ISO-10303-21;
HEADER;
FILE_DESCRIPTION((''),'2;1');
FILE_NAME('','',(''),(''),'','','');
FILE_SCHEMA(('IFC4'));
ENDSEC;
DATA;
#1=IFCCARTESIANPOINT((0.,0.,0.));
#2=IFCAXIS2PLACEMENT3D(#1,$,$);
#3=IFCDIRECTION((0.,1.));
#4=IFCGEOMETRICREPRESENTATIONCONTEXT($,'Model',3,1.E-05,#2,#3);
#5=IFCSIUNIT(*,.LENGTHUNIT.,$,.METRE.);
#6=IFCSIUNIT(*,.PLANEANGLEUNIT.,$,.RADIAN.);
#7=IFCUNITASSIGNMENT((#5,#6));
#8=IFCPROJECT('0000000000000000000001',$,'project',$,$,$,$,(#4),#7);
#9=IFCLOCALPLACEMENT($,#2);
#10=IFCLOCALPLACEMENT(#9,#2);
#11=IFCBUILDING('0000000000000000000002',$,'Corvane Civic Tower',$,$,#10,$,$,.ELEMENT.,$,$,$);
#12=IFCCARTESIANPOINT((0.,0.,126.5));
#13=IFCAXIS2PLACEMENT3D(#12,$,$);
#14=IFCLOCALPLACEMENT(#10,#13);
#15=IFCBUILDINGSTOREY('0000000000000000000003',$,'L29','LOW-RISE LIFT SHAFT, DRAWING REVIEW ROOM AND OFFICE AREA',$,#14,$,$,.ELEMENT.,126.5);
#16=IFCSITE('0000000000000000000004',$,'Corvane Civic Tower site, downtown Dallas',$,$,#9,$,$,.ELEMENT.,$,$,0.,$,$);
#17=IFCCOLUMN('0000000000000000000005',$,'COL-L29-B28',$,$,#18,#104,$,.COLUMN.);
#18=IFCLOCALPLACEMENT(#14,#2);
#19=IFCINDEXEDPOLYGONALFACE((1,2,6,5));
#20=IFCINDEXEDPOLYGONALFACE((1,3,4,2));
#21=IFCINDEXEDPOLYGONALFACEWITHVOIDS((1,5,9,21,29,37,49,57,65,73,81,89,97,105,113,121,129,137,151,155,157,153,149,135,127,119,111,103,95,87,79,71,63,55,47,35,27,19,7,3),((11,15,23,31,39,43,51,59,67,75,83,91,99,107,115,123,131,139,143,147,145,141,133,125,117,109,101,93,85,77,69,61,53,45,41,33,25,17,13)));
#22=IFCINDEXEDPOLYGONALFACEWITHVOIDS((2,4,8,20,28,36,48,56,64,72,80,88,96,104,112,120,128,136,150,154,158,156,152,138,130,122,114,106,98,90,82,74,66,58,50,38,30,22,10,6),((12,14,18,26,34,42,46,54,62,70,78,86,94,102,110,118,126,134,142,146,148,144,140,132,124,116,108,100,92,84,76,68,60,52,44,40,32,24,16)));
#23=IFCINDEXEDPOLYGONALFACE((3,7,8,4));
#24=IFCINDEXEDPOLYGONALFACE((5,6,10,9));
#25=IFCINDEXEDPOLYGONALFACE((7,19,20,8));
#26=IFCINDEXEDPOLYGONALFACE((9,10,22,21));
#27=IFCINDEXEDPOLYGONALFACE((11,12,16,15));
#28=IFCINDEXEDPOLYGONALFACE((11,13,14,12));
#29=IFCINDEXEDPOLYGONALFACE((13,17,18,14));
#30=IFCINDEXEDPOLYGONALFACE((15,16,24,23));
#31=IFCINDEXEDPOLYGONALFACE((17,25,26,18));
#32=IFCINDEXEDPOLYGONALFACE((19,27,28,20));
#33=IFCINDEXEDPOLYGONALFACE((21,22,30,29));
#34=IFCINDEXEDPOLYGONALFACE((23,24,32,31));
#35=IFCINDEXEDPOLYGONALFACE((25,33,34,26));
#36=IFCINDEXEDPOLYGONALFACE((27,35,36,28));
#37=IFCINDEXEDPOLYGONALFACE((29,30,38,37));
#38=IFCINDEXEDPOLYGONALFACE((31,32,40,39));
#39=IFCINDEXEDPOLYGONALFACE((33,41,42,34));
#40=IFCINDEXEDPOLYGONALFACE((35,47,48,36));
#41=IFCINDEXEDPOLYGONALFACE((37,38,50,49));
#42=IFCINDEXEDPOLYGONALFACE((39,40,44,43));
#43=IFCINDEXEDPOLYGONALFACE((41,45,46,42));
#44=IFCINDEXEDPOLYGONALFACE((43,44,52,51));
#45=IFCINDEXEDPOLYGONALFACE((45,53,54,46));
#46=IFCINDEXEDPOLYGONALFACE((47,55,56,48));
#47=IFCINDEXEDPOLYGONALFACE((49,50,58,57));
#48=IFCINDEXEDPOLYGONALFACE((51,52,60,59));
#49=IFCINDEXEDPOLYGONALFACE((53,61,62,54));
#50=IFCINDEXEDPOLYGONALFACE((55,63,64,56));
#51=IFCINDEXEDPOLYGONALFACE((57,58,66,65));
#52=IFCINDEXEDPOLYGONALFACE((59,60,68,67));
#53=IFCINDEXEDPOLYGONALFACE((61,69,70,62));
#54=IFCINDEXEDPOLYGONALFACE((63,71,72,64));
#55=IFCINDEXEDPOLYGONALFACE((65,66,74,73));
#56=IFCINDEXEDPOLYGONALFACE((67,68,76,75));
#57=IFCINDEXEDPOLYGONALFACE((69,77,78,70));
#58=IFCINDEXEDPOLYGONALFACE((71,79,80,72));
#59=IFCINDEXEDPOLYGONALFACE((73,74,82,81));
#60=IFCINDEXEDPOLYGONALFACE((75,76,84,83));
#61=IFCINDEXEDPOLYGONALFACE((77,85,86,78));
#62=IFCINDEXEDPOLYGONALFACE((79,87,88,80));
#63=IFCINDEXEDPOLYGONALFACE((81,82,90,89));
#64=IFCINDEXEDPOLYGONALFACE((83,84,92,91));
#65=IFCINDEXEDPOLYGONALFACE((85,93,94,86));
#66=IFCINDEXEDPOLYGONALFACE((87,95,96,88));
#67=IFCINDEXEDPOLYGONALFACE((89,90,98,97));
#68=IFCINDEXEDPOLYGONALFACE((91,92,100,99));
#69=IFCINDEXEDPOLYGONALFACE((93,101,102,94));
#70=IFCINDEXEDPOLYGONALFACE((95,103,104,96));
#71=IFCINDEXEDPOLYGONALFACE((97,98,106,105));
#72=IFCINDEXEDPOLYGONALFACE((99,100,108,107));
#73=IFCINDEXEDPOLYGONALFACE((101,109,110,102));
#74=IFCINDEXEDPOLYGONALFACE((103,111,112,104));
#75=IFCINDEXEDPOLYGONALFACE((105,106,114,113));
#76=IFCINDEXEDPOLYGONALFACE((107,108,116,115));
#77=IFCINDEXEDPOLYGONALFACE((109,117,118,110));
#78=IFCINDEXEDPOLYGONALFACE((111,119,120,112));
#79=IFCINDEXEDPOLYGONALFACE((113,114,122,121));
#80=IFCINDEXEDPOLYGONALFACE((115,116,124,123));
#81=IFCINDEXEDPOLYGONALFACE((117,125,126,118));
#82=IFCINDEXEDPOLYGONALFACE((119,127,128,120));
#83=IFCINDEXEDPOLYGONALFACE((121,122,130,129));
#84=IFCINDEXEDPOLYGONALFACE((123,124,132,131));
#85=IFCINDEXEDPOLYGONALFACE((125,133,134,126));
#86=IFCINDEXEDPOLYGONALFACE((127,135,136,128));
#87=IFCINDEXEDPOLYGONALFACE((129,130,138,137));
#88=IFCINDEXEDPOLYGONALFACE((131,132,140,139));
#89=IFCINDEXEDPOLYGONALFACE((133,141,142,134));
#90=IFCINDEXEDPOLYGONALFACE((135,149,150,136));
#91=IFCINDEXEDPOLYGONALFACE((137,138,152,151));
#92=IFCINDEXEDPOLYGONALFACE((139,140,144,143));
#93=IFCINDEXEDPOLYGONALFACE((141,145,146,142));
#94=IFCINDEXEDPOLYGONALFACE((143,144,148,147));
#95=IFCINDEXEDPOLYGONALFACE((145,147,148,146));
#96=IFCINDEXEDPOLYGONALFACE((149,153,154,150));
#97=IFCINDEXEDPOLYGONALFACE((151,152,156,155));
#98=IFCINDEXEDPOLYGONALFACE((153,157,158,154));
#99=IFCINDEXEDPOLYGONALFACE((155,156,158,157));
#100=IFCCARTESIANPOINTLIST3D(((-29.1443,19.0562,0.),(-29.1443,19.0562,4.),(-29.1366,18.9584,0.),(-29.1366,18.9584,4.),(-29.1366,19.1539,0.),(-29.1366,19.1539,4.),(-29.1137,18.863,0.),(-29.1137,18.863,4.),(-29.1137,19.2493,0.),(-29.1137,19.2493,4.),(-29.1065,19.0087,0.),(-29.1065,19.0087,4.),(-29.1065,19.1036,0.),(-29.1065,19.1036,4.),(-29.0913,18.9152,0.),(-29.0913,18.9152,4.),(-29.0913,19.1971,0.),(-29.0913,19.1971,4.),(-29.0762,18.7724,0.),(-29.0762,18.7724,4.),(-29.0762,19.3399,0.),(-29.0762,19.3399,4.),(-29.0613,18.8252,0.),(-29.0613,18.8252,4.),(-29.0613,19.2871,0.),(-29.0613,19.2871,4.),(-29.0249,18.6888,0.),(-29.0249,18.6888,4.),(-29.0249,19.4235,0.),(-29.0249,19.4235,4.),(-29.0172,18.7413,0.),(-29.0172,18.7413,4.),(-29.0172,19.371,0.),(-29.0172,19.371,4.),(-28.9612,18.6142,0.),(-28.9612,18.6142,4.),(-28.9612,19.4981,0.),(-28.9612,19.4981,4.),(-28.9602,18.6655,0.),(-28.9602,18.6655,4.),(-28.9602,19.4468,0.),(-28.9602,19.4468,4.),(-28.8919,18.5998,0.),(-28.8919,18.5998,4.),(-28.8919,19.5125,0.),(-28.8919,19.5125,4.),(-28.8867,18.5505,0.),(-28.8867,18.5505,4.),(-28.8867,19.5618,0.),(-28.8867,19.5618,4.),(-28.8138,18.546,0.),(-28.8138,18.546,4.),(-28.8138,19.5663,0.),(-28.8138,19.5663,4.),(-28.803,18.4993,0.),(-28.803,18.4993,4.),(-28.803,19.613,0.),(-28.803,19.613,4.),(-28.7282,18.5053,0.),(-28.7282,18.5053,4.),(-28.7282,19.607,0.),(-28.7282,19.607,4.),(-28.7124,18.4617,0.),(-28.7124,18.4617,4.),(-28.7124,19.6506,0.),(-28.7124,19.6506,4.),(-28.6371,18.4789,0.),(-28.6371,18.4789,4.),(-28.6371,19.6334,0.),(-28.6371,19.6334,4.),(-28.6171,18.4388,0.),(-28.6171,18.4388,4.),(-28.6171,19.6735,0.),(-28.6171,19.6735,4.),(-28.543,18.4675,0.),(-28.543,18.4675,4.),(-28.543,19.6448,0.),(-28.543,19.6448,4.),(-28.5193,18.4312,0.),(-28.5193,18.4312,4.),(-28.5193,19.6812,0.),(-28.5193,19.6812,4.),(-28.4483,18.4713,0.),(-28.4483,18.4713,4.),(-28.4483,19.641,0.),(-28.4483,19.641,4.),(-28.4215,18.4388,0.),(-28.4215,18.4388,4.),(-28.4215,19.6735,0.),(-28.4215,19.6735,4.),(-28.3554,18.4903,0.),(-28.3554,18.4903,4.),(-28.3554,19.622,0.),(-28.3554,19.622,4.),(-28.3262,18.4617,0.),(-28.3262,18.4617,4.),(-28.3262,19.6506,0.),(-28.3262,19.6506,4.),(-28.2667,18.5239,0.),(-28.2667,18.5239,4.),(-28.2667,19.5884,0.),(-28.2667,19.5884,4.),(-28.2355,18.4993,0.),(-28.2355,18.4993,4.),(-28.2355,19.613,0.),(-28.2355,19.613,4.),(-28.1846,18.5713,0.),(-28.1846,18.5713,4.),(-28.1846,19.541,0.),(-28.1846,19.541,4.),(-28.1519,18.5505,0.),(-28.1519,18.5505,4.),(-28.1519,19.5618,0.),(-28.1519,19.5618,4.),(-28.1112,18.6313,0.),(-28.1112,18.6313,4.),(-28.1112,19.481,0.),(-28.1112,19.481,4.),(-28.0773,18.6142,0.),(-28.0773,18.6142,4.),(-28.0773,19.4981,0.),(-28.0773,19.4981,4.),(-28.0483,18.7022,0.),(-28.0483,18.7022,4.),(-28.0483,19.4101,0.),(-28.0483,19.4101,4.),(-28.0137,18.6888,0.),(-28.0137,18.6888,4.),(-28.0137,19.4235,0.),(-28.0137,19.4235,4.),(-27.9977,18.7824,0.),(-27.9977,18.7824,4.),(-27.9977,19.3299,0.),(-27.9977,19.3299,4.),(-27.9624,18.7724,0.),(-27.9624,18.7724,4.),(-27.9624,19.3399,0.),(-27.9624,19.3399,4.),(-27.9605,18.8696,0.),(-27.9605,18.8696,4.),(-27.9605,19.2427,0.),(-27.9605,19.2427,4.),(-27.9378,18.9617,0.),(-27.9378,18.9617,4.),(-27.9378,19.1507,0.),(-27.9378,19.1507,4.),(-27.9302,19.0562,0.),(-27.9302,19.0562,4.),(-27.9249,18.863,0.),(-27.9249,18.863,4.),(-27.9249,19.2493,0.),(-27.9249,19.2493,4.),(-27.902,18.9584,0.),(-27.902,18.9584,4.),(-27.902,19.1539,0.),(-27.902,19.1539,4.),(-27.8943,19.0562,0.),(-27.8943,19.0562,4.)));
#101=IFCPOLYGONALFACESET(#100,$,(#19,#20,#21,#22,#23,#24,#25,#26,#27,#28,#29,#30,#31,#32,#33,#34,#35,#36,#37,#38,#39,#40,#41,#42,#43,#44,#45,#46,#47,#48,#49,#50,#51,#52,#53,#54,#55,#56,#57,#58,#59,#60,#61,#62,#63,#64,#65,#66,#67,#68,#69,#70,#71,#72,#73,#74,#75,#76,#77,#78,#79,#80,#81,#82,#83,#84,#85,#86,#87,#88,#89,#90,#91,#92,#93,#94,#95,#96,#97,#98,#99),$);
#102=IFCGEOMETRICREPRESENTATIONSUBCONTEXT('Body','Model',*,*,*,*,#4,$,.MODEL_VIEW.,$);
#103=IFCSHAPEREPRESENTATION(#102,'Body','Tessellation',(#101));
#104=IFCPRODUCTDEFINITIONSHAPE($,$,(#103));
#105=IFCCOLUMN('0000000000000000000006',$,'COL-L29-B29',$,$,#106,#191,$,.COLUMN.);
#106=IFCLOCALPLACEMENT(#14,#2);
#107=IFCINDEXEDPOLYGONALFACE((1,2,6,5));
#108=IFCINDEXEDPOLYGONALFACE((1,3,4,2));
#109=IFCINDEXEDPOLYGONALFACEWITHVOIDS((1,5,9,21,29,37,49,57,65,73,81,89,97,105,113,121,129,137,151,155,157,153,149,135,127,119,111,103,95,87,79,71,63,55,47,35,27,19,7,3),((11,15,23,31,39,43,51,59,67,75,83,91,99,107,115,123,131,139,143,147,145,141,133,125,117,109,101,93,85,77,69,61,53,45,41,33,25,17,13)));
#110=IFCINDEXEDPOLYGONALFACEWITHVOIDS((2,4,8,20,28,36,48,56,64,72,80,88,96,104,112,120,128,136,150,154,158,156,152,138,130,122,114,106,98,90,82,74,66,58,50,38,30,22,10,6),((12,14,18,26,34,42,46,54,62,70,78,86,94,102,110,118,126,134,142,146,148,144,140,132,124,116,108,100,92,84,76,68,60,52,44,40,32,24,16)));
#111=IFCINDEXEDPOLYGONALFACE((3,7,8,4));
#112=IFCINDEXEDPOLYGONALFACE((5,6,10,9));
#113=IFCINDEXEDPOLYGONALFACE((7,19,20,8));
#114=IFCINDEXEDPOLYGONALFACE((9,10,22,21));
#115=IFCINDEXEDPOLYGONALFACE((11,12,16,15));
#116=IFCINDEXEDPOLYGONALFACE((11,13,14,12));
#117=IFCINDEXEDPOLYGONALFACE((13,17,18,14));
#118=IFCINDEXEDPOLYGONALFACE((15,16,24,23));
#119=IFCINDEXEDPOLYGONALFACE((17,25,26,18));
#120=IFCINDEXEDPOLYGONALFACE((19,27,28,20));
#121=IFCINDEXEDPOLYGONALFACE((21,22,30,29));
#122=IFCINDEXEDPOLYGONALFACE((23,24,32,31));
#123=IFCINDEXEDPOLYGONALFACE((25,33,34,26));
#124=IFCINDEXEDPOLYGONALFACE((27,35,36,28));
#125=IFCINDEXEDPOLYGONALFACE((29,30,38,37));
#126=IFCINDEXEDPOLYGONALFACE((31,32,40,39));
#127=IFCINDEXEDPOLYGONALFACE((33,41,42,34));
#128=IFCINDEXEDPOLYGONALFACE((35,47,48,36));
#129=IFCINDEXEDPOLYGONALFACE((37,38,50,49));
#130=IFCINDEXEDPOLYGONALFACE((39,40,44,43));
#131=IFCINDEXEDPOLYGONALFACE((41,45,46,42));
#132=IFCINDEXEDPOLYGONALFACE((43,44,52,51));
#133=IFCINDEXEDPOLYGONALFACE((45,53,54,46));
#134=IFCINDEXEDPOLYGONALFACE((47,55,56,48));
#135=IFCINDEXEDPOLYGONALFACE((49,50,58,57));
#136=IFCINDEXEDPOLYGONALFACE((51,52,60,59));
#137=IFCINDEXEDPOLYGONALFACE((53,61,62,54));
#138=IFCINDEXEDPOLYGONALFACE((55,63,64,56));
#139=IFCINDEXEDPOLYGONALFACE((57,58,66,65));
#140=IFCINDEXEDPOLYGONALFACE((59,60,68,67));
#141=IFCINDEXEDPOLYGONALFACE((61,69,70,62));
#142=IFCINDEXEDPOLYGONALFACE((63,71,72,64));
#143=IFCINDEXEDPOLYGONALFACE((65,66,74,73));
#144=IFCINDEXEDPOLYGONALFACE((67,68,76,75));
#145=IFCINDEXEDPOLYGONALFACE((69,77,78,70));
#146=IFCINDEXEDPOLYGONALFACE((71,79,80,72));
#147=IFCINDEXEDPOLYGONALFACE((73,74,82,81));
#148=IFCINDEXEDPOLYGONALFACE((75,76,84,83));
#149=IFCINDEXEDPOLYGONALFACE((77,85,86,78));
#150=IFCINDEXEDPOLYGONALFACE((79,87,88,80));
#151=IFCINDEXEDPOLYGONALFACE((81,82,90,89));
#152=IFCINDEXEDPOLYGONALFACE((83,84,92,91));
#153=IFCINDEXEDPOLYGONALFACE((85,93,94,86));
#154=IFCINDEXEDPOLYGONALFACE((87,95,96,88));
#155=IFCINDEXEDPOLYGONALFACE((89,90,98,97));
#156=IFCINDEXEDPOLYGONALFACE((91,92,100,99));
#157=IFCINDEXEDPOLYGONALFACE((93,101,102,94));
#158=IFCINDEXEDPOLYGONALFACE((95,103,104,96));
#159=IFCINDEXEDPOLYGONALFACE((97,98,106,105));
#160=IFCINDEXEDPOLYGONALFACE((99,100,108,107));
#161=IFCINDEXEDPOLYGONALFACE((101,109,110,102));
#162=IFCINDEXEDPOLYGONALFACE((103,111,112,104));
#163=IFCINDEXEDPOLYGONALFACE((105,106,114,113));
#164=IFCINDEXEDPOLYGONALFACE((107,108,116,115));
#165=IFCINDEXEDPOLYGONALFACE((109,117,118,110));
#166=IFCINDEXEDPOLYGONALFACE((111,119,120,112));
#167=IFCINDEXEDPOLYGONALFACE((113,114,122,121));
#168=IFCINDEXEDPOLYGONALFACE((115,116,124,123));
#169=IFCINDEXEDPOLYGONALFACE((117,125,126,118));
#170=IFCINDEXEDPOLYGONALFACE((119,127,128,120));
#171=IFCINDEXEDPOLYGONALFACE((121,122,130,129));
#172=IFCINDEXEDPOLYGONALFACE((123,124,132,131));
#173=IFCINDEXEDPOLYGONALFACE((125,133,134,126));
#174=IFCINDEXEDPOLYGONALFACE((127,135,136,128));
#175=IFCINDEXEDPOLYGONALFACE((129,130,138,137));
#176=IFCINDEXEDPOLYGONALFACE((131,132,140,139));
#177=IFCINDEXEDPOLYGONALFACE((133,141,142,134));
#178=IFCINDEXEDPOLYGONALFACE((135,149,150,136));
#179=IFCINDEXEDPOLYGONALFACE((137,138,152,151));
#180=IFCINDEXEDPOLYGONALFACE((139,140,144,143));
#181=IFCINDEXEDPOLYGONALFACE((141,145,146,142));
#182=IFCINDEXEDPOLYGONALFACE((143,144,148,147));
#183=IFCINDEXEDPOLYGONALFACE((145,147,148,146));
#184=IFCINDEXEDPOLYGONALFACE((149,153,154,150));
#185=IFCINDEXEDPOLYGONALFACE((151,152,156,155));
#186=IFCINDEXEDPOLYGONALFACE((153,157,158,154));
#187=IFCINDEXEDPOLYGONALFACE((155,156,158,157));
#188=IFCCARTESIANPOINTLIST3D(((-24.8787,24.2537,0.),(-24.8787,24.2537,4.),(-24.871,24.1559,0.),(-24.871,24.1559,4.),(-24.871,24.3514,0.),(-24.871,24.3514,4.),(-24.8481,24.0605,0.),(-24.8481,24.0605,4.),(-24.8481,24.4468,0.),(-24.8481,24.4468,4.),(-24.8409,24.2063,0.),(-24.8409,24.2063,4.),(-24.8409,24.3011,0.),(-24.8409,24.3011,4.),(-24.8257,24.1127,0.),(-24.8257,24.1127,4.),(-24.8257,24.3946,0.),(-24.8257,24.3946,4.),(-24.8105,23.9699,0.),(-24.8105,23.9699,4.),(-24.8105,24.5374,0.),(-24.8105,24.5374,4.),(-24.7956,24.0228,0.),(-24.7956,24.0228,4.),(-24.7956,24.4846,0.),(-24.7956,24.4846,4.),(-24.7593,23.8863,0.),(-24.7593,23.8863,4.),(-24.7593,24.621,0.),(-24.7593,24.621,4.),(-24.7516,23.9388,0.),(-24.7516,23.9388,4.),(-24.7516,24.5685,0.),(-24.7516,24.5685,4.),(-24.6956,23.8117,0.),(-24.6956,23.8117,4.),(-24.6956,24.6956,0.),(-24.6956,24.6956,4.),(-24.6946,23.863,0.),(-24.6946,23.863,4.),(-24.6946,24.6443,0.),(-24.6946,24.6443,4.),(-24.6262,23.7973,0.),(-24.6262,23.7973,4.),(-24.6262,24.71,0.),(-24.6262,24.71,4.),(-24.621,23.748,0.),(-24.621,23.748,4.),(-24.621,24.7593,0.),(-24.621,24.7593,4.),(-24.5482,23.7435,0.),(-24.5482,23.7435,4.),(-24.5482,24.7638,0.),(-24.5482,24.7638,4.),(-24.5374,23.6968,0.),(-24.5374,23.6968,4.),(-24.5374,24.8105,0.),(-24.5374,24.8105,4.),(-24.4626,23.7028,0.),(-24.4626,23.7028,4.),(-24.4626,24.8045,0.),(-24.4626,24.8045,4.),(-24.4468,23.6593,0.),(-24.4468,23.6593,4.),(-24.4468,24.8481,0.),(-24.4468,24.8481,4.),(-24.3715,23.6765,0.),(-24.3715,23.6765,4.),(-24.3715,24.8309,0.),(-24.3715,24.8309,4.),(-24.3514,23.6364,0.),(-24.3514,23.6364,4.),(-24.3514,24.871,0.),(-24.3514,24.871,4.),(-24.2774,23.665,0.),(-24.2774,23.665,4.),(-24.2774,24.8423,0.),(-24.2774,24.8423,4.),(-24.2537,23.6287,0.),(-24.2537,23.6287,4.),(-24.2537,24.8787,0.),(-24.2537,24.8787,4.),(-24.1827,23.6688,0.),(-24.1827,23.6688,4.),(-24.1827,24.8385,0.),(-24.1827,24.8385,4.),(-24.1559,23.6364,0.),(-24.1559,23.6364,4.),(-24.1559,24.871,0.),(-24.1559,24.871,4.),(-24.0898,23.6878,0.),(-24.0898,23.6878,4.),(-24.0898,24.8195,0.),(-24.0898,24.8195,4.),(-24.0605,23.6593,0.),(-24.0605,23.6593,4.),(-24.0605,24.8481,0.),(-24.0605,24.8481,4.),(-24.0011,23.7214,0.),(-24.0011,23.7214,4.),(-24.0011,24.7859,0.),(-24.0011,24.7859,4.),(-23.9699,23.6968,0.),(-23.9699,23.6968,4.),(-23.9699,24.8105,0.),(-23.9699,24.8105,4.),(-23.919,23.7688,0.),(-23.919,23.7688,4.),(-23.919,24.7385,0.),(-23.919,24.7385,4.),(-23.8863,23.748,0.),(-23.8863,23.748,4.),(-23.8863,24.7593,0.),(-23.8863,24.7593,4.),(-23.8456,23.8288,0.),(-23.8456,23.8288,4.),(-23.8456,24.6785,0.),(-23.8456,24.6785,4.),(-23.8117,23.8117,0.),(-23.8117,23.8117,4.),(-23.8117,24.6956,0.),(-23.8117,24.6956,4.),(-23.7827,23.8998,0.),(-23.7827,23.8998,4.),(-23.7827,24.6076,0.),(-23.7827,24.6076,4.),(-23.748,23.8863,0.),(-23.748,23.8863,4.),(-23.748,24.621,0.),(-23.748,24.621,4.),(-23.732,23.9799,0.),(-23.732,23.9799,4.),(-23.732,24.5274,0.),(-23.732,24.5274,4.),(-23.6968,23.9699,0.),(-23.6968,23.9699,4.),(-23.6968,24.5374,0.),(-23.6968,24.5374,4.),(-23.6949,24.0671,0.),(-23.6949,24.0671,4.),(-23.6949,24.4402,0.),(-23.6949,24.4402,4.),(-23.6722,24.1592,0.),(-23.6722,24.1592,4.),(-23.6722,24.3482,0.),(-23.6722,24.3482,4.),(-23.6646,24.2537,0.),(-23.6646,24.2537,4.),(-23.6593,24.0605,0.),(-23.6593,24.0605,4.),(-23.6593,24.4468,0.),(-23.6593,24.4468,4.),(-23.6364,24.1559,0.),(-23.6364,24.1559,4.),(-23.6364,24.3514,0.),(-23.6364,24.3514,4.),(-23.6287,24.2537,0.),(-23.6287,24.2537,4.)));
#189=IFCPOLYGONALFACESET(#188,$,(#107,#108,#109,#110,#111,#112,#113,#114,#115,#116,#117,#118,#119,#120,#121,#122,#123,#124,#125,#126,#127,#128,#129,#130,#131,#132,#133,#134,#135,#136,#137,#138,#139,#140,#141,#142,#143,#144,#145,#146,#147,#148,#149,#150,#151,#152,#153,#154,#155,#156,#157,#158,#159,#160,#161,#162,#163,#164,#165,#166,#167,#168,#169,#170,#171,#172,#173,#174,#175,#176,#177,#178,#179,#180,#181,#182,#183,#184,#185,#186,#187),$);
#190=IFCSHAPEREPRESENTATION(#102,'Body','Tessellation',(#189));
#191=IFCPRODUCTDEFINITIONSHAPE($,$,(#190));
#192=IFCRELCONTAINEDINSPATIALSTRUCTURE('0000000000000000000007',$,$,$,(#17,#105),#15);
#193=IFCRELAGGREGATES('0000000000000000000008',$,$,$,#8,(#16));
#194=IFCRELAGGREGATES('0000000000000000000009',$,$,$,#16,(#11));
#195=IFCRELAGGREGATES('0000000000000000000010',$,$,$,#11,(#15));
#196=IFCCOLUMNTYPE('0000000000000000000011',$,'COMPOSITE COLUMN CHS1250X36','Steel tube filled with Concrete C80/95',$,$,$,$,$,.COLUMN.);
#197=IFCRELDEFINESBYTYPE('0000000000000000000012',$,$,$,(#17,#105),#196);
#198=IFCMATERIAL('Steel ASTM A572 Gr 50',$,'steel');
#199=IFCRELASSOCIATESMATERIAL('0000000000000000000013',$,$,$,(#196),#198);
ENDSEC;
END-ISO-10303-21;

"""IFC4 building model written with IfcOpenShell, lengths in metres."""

from ifc_helpers import new_model, si_unit, direction, frame, origin, origin_2d, place, context, subcontext, project, spatial, hollow_circle, extrude, material, material_profile, profile_set, type_object, element, save


model = new_model("IFC4")

# Units and contexts
model_context = context("Model", 3, precision=1e-05, world=origin(), true_north=direction((0.0, 1.0)))
body_context = subcontext(model_context, "Body", "Model", "MODEL_VIEW")
ifc_project = project(units=[si_unit("LENGTHUNIT", "METRE"), si_unit("PLANEANGLEUNIT", "RADIAN")], contexts=[model_context])

# Site, building, storey
site_placement = place(None, origin())
site = spatial("IfcSite", under=ifc_project, at=site_placement, Name="Corvane Civic Tower site, downtown Dallas", CompositionType="ELEMENT", RefElevation=0.0)
building_placement = place(site_placement, origin())
building = spatial("IfcBuilding", under=site, at=building_placement, Name="Corvane Civic Tower", CompositionType="ELEMENT")
storey_placement = place(building_placement, frame((0.0, 0.0, 126.5)))
storey = spatial("IfcBuildingStorey", under=building, at=storey_placement, Name="L29", Description="LOW-RISE LIFT SHAFT, DRAWING REVIEW ROOM AND OFFICE AREA", CompositionType="ELEMENT", Elevation=126.5)

# Columns
ifc_material_1 = material(Name="Steel ASTM A572 Gr 50", Category="steel")
ifc_material_profile_1 = material_profile(ifc_material_1, hollow_circle(Radius=0.625, WallThickness=0.0359, at=origin_2d()), Name="CHS1250X36")
ifc_profile_set_1 = profile_set([ifc_material_profile_1], Name="Steel ASTM A572 Gr 50")
column_type = type_object("IfcColumnType", Name="COMPOSITE COLUMN CHS1250X36", Description="Steel tube filled with Concrete C80/95", PredefinedType="COLUMN", material=ifc_profile_set_1)
for number, where, z_axis, x_axis, name in (
    (1, (-28.5193, 19.0562, 0.0), (0.0, 0.0, 1.0), (1.0, 0.0, 0.0), "COL-L29-B28"),
    (2, (-24.2537, 24.2537, 0.0), (0.0, 0.0, 1.0), (1.0, 0.0, 0.0), "COL-L29-B29"),
):
    element("IfcColumn", number, at=place(storey_placement, frame(where, z_axis=z_axis, x_axis=x_axis)), inside=storey, type_object=column_type, Name=name, PredefinedType="COLUMN", context=body_context, shape_type="SweptSolid", body=[
        extrude(hollow_circle(Radius=0.625, WallThickness=0.0359, at=origin_2d()), origin(), (0.0, 0.0, 1.0), 4.0),
    ])

save(model, "model.ifc")
